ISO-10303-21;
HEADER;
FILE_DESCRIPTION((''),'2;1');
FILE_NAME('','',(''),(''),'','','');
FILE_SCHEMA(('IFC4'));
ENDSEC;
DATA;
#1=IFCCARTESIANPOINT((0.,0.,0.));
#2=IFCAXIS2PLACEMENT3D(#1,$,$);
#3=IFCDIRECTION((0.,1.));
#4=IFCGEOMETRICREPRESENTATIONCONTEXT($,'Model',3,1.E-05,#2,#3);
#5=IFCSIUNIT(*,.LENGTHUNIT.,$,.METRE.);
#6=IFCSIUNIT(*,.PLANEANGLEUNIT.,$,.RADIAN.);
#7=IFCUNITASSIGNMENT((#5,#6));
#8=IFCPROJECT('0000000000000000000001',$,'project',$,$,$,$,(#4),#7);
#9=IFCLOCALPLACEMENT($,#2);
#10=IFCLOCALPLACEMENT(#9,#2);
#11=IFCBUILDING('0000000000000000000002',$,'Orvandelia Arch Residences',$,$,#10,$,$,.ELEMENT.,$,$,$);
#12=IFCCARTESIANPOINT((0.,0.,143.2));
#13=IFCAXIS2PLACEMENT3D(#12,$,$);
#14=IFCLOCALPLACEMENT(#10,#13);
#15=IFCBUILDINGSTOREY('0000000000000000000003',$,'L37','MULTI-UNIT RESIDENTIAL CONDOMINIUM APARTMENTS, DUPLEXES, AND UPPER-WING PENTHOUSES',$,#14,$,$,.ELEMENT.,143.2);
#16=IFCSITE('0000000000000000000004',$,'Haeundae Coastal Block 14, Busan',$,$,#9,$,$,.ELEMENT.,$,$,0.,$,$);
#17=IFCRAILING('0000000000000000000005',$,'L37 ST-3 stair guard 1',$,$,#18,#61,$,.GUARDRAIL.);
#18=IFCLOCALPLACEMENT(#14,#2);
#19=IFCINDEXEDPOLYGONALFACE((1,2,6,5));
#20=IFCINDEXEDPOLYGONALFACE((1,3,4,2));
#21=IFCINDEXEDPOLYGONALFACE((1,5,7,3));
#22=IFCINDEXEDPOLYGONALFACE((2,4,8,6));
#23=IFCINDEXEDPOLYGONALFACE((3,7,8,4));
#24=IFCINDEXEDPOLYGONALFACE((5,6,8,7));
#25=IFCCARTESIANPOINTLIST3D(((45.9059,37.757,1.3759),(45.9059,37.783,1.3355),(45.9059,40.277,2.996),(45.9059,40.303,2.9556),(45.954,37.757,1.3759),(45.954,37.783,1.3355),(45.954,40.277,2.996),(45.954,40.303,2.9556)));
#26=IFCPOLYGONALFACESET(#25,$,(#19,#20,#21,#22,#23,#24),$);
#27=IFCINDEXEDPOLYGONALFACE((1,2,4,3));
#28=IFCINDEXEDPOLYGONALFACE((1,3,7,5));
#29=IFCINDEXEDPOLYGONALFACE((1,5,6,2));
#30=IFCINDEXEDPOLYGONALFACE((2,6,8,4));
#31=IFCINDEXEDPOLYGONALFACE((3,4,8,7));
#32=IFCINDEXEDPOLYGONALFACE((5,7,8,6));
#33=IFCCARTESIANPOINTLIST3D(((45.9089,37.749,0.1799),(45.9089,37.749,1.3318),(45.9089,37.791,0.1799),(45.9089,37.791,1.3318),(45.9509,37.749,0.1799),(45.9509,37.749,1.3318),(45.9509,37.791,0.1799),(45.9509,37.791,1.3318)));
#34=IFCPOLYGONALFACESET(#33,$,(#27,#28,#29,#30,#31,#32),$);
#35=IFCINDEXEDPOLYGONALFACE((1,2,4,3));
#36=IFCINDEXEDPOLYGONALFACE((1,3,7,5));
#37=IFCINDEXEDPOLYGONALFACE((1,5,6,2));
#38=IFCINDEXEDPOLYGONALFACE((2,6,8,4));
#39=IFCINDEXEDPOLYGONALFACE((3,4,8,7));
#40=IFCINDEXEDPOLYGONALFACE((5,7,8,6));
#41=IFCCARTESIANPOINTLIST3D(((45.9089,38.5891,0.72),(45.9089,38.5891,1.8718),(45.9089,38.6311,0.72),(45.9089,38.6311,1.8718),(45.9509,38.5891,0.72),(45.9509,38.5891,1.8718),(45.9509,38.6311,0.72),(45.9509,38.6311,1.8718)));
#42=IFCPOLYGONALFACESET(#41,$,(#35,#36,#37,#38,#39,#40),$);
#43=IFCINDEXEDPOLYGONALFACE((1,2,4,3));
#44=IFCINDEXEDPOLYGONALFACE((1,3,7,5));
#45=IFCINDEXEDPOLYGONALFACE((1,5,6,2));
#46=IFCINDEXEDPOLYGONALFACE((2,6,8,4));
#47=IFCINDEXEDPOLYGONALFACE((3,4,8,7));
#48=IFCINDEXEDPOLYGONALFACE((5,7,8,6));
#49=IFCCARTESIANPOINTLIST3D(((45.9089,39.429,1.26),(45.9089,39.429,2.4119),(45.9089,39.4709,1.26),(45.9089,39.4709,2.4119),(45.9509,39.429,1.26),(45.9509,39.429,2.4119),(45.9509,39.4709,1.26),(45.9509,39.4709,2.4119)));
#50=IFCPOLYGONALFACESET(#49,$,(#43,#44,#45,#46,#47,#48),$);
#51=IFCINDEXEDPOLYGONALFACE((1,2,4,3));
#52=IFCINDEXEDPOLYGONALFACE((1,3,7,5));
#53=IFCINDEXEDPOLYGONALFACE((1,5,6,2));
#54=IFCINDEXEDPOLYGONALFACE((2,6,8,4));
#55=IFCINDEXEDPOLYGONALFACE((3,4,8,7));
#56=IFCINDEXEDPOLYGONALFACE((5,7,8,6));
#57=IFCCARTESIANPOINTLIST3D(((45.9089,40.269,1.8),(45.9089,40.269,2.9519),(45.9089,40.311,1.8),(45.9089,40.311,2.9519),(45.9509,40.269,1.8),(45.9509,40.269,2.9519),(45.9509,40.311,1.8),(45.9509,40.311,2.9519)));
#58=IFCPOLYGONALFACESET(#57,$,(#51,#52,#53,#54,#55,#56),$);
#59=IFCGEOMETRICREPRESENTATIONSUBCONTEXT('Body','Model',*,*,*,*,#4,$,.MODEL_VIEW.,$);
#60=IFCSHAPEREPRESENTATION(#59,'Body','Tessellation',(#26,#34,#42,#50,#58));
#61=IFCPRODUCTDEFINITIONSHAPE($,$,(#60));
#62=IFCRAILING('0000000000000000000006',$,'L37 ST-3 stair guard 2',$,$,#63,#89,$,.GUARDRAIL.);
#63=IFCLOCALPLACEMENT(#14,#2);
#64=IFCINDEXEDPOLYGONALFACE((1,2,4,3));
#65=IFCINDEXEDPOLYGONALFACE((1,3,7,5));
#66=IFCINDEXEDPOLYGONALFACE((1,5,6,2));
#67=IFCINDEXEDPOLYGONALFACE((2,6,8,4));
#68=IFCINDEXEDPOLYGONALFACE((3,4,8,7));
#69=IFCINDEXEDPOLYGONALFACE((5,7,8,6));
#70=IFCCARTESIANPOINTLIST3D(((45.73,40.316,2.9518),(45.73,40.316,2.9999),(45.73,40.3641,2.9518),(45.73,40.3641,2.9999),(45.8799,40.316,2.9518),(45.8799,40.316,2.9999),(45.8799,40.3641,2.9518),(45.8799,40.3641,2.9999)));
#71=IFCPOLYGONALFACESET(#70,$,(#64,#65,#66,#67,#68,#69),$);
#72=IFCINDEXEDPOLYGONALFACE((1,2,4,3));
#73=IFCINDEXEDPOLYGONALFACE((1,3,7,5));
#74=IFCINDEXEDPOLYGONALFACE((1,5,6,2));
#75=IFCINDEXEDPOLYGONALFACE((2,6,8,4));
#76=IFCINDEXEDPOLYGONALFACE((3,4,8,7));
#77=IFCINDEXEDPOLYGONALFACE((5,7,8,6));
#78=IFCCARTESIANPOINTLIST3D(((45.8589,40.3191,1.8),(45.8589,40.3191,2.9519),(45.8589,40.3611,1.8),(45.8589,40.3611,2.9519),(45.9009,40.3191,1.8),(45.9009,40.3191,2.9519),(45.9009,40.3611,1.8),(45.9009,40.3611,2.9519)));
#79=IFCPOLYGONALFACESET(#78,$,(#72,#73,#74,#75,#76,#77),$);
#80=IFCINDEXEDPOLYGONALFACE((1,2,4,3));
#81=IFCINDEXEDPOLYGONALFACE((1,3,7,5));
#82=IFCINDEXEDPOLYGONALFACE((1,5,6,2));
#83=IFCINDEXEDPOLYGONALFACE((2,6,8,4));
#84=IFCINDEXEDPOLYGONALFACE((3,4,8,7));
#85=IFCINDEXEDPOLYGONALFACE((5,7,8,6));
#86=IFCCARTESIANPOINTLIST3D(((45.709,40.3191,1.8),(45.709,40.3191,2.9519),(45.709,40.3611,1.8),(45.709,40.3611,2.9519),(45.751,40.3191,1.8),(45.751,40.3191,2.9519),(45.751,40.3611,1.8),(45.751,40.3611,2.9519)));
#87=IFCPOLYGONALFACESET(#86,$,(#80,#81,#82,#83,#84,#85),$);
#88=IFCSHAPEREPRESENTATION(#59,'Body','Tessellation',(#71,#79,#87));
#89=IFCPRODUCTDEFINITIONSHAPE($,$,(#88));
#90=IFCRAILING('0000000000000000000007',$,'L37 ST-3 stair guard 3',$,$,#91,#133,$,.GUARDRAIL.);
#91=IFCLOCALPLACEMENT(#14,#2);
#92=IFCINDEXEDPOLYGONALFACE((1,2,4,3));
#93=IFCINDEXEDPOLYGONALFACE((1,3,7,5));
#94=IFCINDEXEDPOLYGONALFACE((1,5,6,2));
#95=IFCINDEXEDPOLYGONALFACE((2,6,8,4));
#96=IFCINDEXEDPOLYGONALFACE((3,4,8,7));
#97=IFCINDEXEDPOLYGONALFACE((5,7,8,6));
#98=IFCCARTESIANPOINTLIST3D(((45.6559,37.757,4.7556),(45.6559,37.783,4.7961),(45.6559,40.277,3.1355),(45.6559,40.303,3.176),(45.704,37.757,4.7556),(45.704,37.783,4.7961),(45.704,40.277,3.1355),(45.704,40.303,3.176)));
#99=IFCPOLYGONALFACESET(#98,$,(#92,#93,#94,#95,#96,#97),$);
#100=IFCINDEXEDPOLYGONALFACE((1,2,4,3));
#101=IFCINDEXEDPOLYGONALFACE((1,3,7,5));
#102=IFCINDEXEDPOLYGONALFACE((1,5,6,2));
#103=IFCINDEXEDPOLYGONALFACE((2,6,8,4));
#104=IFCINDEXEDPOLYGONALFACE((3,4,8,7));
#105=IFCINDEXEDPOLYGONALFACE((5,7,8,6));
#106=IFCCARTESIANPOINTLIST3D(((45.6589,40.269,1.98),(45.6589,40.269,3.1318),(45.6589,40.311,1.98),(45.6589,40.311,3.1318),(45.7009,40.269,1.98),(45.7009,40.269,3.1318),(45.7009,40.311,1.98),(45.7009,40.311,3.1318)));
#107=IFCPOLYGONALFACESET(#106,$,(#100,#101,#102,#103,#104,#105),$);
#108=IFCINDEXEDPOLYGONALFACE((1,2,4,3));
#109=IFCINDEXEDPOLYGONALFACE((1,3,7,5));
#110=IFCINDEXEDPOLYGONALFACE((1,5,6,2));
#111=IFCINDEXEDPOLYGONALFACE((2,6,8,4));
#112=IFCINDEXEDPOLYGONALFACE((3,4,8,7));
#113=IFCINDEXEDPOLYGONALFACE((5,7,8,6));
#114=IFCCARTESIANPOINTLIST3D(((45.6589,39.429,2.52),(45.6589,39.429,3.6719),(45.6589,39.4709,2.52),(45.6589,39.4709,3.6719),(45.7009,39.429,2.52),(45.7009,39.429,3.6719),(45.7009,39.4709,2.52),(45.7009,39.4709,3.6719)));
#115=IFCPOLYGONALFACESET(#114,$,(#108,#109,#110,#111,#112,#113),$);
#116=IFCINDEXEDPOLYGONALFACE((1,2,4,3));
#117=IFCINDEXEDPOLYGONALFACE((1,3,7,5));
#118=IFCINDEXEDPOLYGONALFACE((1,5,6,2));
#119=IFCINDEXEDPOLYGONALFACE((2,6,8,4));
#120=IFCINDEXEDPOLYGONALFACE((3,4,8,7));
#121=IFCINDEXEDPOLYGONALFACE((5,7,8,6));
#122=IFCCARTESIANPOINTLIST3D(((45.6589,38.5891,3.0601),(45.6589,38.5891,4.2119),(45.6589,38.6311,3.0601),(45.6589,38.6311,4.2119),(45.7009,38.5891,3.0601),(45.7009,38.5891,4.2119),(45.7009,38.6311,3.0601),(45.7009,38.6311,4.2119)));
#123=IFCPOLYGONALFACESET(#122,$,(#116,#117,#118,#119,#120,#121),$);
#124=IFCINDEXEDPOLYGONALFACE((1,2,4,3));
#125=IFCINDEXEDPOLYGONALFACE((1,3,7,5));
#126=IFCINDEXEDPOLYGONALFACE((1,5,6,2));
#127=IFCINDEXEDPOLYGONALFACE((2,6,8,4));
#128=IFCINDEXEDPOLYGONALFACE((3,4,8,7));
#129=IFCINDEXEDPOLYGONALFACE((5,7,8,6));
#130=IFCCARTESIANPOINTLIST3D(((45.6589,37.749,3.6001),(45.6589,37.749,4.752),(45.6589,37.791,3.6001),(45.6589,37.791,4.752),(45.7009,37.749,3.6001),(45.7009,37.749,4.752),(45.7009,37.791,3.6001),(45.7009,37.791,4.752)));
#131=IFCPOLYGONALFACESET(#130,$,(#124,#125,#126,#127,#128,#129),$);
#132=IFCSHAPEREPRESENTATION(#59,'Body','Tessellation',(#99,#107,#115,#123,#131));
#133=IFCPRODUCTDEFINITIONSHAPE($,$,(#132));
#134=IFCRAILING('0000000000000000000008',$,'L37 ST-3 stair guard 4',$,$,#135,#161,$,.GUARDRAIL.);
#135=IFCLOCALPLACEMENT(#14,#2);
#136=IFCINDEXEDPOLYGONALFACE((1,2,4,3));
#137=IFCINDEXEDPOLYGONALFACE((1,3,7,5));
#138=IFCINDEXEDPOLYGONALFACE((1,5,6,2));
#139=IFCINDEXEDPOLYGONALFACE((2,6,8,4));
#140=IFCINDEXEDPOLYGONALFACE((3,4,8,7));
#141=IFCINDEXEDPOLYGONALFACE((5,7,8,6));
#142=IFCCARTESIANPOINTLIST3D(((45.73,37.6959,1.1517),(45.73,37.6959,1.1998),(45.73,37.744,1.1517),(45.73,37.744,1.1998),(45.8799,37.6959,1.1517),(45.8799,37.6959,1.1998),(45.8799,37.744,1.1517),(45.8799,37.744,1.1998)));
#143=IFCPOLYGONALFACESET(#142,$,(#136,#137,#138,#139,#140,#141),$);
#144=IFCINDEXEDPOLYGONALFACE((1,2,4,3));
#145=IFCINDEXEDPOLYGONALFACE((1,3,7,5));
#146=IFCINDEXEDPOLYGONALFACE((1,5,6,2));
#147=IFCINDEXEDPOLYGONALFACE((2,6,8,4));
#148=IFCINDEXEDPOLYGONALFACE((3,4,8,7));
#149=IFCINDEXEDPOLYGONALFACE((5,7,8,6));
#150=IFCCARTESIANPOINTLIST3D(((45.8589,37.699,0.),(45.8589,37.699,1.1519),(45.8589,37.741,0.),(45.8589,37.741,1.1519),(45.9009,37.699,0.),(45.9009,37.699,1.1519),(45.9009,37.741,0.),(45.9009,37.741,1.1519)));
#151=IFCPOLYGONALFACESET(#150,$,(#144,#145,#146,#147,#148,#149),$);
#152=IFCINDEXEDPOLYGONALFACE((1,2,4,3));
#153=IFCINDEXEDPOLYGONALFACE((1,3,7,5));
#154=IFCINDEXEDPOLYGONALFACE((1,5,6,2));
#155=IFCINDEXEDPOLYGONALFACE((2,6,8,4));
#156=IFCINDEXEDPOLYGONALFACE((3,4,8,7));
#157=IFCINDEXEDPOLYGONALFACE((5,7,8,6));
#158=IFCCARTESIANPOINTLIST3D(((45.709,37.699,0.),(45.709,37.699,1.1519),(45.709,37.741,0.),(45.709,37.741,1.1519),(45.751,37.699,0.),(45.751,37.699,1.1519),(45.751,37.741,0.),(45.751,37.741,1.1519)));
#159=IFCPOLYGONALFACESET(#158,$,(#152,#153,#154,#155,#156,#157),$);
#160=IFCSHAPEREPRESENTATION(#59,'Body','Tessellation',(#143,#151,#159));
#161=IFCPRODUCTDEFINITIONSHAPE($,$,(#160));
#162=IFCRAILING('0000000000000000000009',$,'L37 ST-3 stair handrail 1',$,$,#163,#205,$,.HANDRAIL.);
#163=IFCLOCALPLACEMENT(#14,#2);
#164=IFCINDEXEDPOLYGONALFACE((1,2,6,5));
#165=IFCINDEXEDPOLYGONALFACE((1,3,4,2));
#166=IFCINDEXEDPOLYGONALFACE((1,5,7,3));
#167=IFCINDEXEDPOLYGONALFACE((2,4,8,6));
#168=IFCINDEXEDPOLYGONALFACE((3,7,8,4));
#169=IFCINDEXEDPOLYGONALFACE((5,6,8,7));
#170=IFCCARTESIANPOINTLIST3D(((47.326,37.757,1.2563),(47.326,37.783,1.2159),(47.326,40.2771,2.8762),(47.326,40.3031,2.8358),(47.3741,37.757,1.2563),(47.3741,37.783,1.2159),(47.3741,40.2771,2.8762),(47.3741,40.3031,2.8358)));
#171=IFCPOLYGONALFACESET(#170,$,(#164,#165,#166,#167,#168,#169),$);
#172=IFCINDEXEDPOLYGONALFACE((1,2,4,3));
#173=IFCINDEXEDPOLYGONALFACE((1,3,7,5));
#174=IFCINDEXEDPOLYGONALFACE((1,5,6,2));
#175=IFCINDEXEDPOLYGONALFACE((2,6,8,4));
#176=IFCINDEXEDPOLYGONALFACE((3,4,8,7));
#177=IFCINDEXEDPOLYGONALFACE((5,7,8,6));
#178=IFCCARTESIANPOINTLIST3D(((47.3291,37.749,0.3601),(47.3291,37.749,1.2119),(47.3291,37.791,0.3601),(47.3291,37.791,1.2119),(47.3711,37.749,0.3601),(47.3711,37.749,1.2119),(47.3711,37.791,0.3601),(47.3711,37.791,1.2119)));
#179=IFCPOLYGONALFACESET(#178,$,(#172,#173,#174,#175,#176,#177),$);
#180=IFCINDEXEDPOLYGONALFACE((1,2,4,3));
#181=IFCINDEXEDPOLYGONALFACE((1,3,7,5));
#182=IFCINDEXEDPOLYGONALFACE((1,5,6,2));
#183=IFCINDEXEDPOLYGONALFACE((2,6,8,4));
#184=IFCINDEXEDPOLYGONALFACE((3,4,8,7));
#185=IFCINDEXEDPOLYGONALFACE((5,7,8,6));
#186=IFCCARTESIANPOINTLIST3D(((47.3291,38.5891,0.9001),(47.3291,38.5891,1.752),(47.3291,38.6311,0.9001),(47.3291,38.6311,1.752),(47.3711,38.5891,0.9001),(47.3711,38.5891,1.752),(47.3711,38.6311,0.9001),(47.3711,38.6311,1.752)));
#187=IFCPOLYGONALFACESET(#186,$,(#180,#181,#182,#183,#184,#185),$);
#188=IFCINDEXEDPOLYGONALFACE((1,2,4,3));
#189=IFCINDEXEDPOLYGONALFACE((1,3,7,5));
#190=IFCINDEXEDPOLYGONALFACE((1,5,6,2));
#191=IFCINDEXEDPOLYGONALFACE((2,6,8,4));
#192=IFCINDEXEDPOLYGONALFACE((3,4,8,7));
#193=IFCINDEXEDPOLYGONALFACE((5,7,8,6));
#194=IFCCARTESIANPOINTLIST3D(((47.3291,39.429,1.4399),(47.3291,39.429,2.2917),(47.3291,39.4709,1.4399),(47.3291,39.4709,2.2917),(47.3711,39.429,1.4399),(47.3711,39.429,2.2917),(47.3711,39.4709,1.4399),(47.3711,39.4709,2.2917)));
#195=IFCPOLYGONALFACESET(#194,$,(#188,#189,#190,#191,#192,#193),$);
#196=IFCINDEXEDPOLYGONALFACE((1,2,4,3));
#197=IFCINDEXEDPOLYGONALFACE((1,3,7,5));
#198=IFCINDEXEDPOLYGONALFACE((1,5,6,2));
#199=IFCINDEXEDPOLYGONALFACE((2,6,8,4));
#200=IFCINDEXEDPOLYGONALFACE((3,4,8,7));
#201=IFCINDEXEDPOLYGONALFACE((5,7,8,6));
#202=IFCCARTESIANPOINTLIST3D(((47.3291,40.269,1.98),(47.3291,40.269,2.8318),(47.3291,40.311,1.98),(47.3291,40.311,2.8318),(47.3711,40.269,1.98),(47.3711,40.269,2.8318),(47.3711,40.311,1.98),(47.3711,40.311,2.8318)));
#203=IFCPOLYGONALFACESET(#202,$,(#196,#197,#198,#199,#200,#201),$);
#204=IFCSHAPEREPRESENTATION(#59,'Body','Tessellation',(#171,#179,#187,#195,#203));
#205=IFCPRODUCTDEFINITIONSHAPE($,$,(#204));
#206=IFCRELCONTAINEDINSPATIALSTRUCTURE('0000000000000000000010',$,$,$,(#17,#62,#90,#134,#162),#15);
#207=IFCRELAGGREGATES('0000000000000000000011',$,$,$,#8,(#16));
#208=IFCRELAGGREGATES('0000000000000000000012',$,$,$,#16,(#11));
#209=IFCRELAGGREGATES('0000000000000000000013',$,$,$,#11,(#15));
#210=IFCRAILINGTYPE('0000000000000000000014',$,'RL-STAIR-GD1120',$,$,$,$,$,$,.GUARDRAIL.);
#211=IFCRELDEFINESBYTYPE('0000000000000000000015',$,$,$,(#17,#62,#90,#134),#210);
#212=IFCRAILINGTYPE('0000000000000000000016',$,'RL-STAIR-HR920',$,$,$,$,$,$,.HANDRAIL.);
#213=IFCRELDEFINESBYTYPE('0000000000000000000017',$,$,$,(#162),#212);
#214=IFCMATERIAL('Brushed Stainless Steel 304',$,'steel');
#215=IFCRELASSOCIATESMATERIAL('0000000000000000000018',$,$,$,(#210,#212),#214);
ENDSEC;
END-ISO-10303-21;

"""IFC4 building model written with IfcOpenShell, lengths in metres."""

from ifc_helpers import new_model, si_unit, direction, frame, origin, origin_2d, place, context, subcontext, project, spatial, rectangle, extrude, material, type_object, element, save


model = new_model("IFC4")

# Units and contexts
model_context = context("Model", 3, precision=1e-05, world=origin(), true_north=direction((0.0, 1.0)))
body_context = subcontext(model_context, "Body", "Model", "MODEL_VIEW")
ifc_project = project(units=[si_unit("LENGTHUNIT", "METRE"), si_unit("PLANEANGLEUNIT", "RADIAN")], contexts=[model_context])

# Site, building, storey
site_placement = place(None, origin())
site = spatial("IfcSite", under=ifc_project, at=site_placement, Name="Haeundae Coastal Block 14, Busan", CompositionType="ELEMENT", RefElevation=0.0)
building_placement = place(site_placement, origin())
building = spatial("IfcBuilding", under=site, at=building_placement, Name="Orvandelia Arch Residences", CompositionType="ELEMENT")
storey_placement = place(building_placement, frame((0.0, 0.0, 143.2)))
storey = spatial("IfcBuildingStorey", under=building, at=storey_placement, Name="L37", Description="MULTI-UNIT RESIDENTIAL CONDOMINIUM APARTMENTS, DUPLEXES, AND UPPER-WING PENTHOUSES", CompositionType="ELEMENT", Elevation=143.2)

# Railings
ifc_material_1 = material(Name="Brushed Stainless Steel 304", Category="steel")
railing_type_1 = type_object("IfcRailingType", Name="RL-STAIR-GD1120", PredefinedType="GUARDRAIL", material=ifc_material_1)
railing_1_placement = place(storey_placement, frame((45.9299, 37.77, 0.1799)))
element("IfcRailing", 1, at=railing_1_placement, inside=storey, type_object=railing_type_1, Name="L37 ST-3 stair guard 1", PredefinedType="GUARDRAIL", context=body_context, shape_type="SweptSolid", body=[
    extrude(rectangle(XDim=0.0481, YDim=0.0481, at=origin_2d()), frame((0.0, 0.0, 1.1758), z_axis=(0.0, 0.841163, 0.540782), x_axis=(-1.0, 0.0, 0.0)), (0.0, 0.0, 1.0), 2.9958),
    extrude(rectangle(XDim=0.042, YDim=0.042, at=origin_2d()), origin(), (0.0, 0.0, 1.0), 1.1519),
    extrude(rectangle(XDim=0.042, YDim=0.042, at=origin_2d()), frame((0.0, 0.8401, 0.54)), (0.0, 0.0, 1.0), 1.1519),
    extrude(rectangle(XDim=0.042, YDim=0.042, at=origin_2d()), frame((0.0, 1.6799, 1.0801)), (0.0, 0.0, 1.0), 1.1519),
    extrude(rectangle(XDim=0.042, YDim=0.042, at=origin_2d()), frame((0.0, 2.52, 1.6201)), (0.0, 0.0, 1.0), 1.1519),
])
railing_2_placement = place(storey_placement, frame((45.8799, 40.3401, 1.8)))
element("IfcRailing", 2, at=railing_2_placement, inside=storey, type_object=railing_type_1, Name="L37 ST-3 stair guard 2", PredefinedType="GUARDRAIL", context=body_context, shape_type="SweptSolid", body=[
    extrude(rectangle(XDim=0.0481, YDim=0.0481, at=origin_2d()), frame((0.0, 0.0, 1.1758), z_axis=(-1.0, 0.0, 0.0), x_axis=(0.0, -1.0, 0.0)), (0.0, 0.0, 1.0), 0.1499),
    extrude(rectangle(XDim=0.042, YDim=0.042, at=origin_2d()), origin(), (0.0, 0.0, 1.0), 1.1519),
    extrude(rectangle(XDim=0.042, YDim=0.042, at=origin_2d()), frame((-0.1499, 0.0, 0.0)), (0.0, 0.0, 1.0), 1.1519),
])
railing_3_placement = place(storey_placement, frame((45.6799, 40.29, 1.98)))
element("IfcRailing", 3, at=railing_3_placement, inside=storey, type_object=railing_type_1, Name="L37 ST-3 stair guard 3", PredefinedType="GUARDRAIL", context=body_context, shape_type="SweptSolid", body=[
    extrude(rectangle(XDim=0.0481, YDim=0.0481, at=origin_2d()), frame((0.0, 0.0, 1.1758), z_axis=(0.0, -0.841163, 0.540782), x_axis=(1.0, 0.0, 0.0)), (0.0, 0.0, 1.0), 2.9958),
    extrude(rectangle(XDim=0.042, YDim=0.042, at=origin_2d()), origin(), (0.0, 0.0, 1.0), 1.1519),
    extrude(rectangle(XDim=0.042, YDim=0.042, at=origin_2d()), frame((0.0, -0.8401, 0.54)), (0.0, 0.0, 1.0), 1.1519),
    extrude(rectangle(XDim=0.042, YDim=0.042, at=origin_2d()), frame((0.0, -1.6799, 1.0801)), (0.0, 0.0, 1.0), 1.1519),
    extrude(rectangle(XDim=0.042, YDim=0.042, at=origin_2d()), frame((0.0, -2.52, 1.6201)), (0.0, 0.0, 1.0), 1.1519),
])
railing_4_placement = place(storey_placement, frame((45.8799, 37.72, 0.0)))
element("IfcRailing", 4, at=railing_4_placement, inside=storey, type_object=railing_type_1, Name="L37 ST-3 stair guard 4", PredefinedType="GUARDRAIL", context=body_context, shape_type="SweptSolid", body=[
    extrude(rectangle(XDim=0.0481, YDim=0.0481, at=origin_2d()), frame((0.0, 0.0, 1.1758), z_axis=(-1.0, 0.0, 0.0), x_axis=(0.0, -1.0, 0.0)), (0.0, 0.0, 1.0), 0.1499),
    extrude(rectangle(XDim=0.042, YDim=0.042, at=origin_2d()), origin(), (0.0, 0.0, 1.0), 1.1519),
    extrude(rectangle(XDim=0.042, YDim=0.042, at=origin_2d()), frame((-0.1499, 0.0, 0.0)), (0.0, 0.0, 1.0), 1.1519),
])
railing_type_2 = type_object("IfcRailingType", Name="RL-STAIR-HR920", PredefinedType="HANDRAIL", material=ifc_material_1)
railing_5_placement = place(storey_placement, frame((47.3501, 37.77, 0.3601)))
element("IfcRailing", 5, at=railing_5_placement, inside=storey, type_object=railing_type_2, Name="L37 ST-3 stair handrail 1", PredefinedType="HANDRAIL", context=body_context, shape_type="SweptSolid", body=[
    extrude(rectangle(XDim=0.0481, YDim=0.0481, at=origin_2d()), frame((0.0, 0.0, 0.876), z_axis=(0.0, 0.8412, 0.540725), x_axis=(-1.0, 0.0, 0.0)), (0.0, 0.0, 1.0), 2.9958),
    extrude(rectangle(XDim=0.042, YDim=0.042, at=origin_2d()), origin(), (0.0, 0.0, 1.0), 0.8518),
    extrude(rectangle(XDim=0.042, YDim=0.042, at=origin_2d()), frame((0.0, 0.8401, 0.54)), (0.0, 0.0, 1.0), 0.8518),
    extrude(rectangle(XDim=0.042, YDim=0.042, at=origin_2d()), frame((0.0, 1.6799, 1.0798)), (0.0, 0.0, 1.0), 0.8518),
    extrude(rectangle(XDim=0.042, YDim=0.042, at=origin_2d()), frame((0.0, 2.52, 1.6199)), (0.0, 0.0, 1.0), 0.8518),
])

save(model, "model.ifc")
